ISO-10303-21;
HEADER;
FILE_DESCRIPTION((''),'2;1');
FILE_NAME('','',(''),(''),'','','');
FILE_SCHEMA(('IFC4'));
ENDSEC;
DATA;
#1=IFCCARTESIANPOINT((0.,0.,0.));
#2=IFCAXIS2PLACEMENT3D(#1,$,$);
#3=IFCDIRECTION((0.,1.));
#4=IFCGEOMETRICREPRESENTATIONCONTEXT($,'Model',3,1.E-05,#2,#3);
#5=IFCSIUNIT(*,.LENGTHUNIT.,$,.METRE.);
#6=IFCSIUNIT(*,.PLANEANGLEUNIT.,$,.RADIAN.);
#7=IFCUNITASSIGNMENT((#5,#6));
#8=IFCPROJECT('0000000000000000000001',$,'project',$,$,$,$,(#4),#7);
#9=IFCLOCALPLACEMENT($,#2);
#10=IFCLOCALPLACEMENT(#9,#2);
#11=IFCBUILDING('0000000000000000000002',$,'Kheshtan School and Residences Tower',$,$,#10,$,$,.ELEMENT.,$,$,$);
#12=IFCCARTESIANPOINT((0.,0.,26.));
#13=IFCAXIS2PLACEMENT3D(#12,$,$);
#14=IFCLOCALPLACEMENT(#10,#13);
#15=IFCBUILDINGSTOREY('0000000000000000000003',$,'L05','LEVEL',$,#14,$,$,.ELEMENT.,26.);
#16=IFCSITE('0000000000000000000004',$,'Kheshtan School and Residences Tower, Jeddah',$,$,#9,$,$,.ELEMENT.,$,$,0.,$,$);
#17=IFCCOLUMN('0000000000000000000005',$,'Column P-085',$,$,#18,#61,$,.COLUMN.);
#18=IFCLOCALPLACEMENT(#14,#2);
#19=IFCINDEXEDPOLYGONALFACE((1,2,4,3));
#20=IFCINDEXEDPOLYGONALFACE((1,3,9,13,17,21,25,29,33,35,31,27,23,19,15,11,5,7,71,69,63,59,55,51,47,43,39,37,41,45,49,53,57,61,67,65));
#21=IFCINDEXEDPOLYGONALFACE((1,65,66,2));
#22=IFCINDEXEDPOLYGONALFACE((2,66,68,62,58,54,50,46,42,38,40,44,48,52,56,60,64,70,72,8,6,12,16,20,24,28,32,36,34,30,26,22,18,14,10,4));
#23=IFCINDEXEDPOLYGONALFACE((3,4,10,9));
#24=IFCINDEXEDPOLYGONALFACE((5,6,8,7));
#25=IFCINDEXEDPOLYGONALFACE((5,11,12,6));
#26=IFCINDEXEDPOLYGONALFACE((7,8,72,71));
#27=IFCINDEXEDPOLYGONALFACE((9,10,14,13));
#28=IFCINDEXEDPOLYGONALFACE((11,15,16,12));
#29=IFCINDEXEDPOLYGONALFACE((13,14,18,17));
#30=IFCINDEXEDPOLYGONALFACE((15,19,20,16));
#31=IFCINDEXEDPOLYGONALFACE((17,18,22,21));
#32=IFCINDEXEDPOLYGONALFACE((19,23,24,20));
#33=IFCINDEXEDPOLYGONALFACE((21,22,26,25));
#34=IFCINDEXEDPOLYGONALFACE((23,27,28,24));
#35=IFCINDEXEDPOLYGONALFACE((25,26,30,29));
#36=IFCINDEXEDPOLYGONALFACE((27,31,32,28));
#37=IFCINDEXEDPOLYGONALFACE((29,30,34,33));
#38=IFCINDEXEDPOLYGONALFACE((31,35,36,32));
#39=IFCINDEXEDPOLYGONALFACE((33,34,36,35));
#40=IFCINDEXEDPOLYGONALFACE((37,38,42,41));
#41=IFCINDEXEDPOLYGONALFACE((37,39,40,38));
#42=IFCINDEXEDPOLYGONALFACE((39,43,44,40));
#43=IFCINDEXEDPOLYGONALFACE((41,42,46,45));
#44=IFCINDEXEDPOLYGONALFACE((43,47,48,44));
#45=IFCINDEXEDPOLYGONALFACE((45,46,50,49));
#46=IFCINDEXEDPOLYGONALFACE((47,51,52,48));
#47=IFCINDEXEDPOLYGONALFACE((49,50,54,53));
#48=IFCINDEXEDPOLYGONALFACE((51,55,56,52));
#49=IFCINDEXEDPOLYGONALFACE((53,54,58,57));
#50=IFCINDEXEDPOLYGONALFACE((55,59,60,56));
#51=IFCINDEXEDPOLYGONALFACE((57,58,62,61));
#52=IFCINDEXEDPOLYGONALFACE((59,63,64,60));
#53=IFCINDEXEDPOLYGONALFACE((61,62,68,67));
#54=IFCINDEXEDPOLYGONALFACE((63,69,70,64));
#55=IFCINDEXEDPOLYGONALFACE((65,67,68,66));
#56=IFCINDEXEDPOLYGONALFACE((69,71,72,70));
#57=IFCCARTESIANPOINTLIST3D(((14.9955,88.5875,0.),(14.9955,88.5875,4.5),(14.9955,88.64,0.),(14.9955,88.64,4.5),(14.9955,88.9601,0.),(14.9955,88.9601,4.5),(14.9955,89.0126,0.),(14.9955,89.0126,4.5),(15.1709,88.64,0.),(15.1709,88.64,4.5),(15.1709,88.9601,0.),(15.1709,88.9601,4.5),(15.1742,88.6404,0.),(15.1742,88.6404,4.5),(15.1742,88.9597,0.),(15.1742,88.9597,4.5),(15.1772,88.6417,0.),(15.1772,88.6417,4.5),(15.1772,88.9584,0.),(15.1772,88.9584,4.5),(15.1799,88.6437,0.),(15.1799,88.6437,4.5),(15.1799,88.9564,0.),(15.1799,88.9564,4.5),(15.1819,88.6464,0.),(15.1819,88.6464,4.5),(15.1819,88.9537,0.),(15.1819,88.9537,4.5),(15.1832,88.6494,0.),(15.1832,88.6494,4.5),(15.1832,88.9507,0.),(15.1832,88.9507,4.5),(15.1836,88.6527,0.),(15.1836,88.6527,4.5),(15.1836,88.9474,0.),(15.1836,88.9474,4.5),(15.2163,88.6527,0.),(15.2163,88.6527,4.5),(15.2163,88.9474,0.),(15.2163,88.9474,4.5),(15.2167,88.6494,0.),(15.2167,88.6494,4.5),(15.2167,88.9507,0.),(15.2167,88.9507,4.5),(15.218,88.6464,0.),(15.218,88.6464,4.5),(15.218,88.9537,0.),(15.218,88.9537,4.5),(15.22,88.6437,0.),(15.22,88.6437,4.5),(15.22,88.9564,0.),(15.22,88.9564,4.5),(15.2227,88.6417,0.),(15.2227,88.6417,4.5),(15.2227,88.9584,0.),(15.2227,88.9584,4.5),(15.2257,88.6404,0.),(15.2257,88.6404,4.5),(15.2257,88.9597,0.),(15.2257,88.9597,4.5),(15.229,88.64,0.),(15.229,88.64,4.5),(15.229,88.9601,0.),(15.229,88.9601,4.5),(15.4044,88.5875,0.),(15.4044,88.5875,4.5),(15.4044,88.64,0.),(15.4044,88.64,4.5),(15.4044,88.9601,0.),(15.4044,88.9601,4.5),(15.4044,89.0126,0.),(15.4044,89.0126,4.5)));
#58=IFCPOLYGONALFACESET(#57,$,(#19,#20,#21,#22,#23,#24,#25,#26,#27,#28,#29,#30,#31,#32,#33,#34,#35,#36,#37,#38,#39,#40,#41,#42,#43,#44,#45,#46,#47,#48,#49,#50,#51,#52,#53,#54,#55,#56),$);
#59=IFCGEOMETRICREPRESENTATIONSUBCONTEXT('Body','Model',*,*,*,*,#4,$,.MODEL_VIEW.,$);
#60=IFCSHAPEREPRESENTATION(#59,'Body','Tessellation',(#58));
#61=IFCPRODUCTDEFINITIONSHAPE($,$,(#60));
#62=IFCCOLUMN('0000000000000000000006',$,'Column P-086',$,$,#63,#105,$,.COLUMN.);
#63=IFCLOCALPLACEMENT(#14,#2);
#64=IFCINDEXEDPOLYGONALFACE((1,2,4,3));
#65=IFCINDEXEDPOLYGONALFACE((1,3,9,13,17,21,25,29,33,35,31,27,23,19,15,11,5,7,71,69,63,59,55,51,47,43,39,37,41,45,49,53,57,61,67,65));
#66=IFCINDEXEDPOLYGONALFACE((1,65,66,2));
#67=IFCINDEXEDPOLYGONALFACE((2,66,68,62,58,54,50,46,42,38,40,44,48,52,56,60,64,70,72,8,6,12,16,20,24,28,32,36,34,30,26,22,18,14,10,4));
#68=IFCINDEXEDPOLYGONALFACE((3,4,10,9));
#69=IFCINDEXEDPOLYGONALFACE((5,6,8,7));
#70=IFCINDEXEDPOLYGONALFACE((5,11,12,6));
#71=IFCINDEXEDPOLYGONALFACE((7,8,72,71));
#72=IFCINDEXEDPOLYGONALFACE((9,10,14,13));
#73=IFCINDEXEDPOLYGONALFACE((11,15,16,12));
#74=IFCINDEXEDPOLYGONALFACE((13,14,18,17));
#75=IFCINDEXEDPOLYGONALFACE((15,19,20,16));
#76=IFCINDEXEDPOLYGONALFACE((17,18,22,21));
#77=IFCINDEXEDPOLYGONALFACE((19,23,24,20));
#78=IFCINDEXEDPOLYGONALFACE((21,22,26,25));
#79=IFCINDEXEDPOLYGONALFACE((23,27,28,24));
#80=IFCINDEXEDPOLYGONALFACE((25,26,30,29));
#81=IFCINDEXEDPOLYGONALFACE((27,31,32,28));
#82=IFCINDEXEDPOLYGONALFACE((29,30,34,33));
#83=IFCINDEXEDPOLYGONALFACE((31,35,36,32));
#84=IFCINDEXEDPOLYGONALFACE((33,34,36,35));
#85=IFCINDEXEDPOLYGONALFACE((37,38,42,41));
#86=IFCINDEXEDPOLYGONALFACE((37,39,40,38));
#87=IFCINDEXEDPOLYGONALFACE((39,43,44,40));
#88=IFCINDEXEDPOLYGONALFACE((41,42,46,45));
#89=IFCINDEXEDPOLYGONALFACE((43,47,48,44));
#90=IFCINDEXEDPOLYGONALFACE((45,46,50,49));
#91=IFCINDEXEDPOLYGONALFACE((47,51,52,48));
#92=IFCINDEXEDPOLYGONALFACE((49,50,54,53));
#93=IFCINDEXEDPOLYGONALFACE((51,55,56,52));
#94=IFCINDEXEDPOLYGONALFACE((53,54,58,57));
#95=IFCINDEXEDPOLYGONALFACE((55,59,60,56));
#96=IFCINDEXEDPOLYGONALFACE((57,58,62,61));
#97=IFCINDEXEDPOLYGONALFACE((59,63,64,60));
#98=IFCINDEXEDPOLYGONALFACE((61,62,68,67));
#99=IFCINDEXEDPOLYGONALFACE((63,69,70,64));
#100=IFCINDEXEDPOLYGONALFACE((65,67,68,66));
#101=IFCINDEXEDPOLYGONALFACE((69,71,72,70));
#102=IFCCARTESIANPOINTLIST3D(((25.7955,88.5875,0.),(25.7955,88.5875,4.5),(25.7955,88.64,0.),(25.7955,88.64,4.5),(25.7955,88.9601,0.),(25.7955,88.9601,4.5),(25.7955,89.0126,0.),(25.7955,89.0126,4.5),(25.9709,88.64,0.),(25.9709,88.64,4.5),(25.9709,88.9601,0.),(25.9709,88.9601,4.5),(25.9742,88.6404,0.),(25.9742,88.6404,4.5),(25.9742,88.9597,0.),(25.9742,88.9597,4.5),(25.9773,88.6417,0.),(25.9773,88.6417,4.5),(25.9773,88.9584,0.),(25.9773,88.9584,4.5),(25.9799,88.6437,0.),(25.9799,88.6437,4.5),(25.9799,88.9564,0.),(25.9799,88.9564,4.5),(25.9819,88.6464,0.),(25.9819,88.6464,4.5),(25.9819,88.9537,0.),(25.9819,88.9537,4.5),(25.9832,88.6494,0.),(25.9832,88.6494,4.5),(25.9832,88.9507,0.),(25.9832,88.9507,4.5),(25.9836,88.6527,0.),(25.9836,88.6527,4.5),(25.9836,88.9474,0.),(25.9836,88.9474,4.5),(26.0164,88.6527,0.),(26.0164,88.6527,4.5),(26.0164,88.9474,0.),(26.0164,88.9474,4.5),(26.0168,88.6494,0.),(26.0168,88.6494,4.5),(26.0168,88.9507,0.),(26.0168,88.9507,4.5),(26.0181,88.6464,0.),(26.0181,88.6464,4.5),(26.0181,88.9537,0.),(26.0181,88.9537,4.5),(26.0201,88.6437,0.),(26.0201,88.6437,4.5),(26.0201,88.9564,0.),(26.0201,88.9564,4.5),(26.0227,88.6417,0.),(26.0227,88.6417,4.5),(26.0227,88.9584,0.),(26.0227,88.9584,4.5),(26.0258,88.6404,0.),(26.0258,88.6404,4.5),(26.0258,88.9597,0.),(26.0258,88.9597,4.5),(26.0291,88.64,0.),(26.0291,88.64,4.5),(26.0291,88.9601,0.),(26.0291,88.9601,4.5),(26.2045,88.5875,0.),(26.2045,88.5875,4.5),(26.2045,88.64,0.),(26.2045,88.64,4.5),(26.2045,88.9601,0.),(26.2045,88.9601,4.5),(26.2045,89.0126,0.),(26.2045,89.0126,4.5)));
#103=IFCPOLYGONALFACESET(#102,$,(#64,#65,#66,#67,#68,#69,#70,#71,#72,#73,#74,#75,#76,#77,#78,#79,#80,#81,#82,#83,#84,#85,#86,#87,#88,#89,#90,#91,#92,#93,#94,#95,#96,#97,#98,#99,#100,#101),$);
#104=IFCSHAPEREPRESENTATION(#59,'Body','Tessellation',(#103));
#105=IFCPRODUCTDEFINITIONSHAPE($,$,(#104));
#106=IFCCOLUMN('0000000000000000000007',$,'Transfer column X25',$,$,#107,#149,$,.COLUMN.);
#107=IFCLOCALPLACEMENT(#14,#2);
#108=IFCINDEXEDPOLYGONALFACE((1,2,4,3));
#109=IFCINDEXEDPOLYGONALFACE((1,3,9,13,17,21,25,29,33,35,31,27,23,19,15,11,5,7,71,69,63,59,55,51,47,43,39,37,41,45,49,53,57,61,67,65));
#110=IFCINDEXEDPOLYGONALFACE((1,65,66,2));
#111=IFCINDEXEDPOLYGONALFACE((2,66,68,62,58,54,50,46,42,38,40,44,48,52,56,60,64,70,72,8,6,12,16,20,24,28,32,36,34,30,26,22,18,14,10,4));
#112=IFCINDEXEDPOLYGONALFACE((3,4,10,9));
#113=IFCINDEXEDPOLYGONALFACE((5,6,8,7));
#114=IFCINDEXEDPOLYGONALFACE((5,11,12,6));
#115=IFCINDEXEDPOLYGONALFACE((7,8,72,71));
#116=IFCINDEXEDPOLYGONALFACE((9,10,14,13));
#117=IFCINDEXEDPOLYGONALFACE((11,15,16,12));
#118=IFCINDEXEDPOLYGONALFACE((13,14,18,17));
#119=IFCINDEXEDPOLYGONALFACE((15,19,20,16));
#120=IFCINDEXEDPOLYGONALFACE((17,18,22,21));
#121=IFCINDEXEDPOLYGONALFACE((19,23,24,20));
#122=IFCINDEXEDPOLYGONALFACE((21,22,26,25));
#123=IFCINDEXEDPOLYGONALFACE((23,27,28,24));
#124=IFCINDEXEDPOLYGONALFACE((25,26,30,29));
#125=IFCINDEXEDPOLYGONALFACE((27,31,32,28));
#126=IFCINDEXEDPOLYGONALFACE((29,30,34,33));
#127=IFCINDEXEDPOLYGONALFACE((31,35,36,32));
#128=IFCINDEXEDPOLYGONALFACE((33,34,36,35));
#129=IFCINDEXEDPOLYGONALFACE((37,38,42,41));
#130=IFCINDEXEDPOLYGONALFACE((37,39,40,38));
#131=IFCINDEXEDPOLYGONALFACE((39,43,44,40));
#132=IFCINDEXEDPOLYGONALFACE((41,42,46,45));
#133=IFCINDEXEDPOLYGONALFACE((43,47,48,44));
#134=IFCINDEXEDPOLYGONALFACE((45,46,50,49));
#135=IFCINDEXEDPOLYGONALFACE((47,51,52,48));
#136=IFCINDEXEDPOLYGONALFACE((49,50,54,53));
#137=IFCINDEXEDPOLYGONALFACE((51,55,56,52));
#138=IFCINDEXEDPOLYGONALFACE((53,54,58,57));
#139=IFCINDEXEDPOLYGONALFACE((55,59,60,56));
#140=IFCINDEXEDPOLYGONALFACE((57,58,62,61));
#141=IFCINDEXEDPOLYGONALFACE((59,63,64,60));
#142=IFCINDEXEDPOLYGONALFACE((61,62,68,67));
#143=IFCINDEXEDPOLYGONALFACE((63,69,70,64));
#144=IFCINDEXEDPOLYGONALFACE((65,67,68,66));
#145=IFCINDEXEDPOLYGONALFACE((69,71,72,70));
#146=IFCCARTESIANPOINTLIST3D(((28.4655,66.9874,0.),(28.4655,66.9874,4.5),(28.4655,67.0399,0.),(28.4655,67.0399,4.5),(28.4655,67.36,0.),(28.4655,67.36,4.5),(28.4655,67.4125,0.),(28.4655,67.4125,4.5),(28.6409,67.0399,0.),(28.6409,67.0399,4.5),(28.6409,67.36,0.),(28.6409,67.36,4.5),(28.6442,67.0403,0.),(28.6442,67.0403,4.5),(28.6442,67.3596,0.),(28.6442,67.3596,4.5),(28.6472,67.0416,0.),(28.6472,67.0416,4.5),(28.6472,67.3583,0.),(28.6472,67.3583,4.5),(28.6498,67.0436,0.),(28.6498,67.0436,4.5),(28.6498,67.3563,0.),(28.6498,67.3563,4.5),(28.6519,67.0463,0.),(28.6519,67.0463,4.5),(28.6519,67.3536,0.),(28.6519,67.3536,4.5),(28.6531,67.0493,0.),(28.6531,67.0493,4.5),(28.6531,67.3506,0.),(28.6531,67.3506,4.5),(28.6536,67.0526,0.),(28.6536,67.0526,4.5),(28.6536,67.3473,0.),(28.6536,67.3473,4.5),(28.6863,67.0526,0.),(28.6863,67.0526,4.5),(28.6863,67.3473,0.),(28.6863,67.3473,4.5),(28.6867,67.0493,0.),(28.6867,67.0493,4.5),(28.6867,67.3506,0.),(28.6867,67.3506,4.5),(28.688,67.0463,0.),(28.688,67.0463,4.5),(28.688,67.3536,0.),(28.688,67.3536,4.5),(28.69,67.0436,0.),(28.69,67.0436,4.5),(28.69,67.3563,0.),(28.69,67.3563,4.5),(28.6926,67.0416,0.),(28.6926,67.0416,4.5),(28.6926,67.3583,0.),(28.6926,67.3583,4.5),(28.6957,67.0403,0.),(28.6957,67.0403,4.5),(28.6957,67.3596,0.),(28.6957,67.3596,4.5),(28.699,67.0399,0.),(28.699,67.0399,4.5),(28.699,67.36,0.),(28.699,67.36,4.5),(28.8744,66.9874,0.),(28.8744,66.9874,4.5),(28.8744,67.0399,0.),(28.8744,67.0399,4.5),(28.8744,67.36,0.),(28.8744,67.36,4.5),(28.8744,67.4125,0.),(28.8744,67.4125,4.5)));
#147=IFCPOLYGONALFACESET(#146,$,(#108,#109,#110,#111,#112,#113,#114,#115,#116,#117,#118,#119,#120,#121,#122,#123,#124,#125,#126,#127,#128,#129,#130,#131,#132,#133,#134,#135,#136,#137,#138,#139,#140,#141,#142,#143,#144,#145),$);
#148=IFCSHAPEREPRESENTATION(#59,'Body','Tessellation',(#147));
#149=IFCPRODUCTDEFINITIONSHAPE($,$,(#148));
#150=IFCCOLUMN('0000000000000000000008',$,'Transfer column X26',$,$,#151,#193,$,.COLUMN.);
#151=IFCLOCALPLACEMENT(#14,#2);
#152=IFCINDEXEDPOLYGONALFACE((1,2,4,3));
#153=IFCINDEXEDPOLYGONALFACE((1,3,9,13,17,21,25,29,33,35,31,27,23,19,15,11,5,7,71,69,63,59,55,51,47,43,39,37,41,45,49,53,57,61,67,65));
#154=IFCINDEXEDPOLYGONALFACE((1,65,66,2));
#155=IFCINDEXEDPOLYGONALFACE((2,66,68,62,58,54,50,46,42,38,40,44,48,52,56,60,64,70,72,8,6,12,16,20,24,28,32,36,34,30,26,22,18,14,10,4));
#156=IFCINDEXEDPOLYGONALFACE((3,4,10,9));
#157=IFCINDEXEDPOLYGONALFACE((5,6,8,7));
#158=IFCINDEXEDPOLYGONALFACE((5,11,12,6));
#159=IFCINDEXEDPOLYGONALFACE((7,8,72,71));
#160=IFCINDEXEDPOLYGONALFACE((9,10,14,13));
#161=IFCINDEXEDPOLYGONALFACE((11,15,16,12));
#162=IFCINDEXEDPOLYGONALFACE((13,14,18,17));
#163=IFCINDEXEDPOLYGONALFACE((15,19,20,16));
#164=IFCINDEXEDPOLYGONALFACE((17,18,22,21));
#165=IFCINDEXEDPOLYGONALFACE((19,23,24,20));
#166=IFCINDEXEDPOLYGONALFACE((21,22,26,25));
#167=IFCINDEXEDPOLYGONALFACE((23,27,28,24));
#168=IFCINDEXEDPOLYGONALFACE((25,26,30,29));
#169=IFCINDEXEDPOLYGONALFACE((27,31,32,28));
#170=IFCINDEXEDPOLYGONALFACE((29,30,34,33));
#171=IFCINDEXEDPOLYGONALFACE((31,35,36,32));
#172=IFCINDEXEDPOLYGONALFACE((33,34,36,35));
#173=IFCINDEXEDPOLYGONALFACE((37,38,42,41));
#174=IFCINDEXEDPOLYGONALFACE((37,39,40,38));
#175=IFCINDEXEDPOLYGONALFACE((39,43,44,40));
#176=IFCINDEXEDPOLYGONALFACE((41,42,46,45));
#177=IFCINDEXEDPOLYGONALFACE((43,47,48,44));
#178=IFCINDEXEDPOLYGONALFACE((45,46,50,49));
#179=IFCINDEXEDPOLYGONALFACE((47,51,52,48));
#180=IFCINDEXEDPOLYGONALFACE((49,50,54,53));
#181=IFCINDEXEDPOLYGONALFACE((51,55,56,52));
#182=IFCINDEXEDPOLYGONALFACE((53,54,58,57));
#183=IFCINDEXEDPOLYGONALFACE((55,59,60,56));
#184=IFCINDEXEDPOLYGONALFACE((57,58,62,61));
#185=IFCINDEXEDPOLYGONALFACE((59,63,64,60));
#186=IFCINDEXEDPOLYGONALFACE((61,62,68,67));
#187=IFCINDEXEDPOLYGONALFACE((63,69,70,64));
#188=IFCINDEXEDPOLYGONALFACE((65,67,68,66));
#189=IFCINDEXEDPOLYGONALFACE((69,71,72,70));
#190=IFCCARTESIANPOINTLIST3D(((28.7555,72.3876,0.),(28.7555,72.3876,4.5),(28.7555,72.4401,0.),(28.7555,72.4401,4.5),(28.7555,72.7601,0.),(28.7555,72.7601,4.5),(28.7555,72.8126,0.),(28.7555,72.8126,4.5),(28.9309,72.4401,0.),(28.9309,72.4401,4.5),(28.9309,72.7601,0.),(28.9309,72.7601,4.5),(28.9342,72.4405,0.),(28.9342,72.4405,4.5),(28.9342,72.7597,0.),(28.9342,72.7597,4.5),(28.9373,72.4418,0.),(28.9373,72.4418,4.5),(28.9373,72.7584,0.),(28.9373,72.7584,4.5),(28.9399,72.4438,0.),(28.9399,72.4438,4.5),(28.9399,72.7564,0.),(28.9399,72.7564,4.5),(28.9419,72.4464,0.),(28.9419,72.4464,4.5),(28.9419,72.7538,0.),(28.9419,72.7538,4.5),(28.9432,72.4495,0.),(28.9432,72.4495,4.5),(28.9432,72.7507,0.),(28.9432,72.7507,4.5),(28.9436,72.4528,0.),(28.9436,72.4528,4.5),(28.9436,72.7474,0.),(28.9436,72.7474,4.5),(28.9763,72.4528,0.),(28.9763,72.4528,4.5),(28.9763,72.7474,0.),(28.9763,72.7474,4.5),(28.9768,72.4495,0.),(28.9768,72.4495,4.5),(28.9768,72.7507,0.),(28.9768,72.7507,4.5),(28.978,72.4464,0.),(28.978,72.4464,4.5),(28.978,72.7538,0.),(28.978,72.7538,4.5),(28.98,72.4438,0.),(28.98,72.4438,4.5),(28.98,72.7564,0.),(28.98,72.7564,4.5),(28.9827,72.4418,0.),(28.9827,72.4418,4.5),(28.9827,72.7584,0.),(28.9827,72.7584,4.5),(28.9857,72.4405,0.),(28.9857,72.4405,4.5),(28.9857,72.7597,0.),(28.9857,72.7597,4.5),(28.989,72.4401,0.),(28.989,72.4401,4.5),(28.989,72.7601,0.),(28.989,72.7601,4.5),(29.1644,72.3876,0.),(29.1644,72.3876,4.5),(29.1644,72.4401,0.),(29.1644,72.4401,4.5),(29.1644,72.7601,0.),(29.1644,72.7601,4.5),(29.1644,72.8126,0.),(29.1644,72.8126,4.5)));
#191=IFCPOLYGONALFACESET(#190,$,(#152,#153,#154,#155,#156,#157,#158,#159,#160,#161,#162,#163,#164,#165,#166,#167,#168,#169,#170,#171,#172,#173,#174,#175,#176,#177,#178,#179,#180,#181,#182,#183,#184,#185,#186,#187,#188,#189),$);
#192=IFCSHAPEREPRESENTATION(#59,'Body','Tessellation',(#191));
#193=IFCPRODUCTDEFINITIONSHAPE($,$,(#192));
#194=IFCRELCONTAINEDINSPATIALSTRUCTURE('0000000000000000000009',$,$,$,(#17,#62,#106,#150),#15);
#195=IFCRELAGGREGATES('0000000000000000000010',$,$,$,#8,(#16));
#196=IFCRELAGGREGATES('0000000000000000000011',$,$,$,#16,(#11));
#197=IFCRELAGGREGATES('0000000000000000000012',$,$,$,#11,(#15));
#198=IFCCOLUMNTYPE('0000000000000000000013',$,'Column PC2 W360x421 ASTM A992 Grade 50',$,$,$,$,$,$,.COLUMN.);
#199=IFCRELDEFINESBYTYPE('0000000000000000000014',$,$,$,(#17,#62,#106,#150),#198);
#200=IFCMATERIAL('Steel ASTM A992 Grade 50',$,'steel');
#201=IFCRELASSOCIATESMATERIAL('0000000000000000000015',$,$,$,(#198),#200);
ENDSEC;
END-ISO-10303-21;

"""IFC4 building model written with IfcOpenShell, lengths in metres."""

from ifc_helpers import new_model, si_unit, direction, frame, origin, origin_2d, place, context, subcontext, project, spatial, i_section, extrude, material, material_profile, profile_set, type_object, element, save


model = new_model("IFC4")

# Units and contexts
model_context = context("Model", 3, precision=1e-05, world=origin(), true_north=direction((0.0, 1.0)))
body_context = subcontext(model_context, "Body", "Model", "MODEL_VIEW")
ifc_project = project(units=[si_unit("LENGTHUNIT", "METRE"), si_unit("PLANEANGLEUNIT", "RADIAN")], contexts=[model_context])

# Site, building, storey
site_placement = place(None, origin())
site = spatial("IfcSite", under=ifc_project, at=site_placement, Name="Kheshtan School and Residences Tower, Jeddah", CompositionType="ELEMENT", RefElevation=0.0)
building_placement = place(site_placement, origin())
building = spatial("IfcBuilding", under=site, at=building_placement, Name="Kheshtan School and Residences Tower", CompositionType="ELEMENT")
storey_placement = place(building_placement, frame((0.0, 0.0, 26.0)))
storey = spatial("IfcBuildingStorey", under=building, at=storey_placement, Name="L05", Description="LEVEL", CompositionType="ELEMENT", Elevation=26.0)

# Columns
ifc_material_1 = material(Name="Steel ASTM A992 Grade 50", Category="steel")
ifc_material_profile_1 = material_profile(ifc_material_1, i_section(OverallWidth=0.4089, OverallDepth=0.425, WebThickness=0.0327, FlangeThickness=0.0525, FilletRadius=0.0127, at=origin_2d()), Name="W360x421")
ifc_profile_set_1 = profile_set([ifc_material_profile_1], Name="Steel ASTM A992 Grade 50")
column_type = type_object("IfcColumnType", Name="Column PC2 W360x421 ASTM A992 Grade 50", PredefinedType="COLUMN", material=ifc_profile_set_1)
for number, where, z_axis, x_axis, name in (
    (1, (15.2, 88.8, 0.0), (0.0, 0.0, 1.0), (1.0, 0.0, 0.0), "Column P-085"),
    (2, (26.0, 88.8, 0.0), (0.0, 0.0, 1.0), (1.0, 0.0, 0.0), "Column P-086"),
    (3, (28.6699, 67.2, 0.0), (0.0, 0.0, 1.0), (1.0, 0.0, 0.0), "Transfer column X25"),
    (4, (28.96, 72.6001, 0.0), (0.0, 0.0, 1.0), (1.0, 0.0, 0.0), "Transfer column X26"),
):
    element("IfcColumn", number, at=place(storey_placement, frame(where, z_axis=z_axis, x_axis=x_axis)), inside=storey, type_object=column_type, Name=name, PredefinedType="COLUMN", context=body_context, shape_type="SweptSolid", body=[
        extrude(i_section(OverallWidth=0.4089, OverallDepth=0.425, WebThickness=0.0327, FlangeThickness=0.0525, FilletRadius=0.0127, at=origin_2d()), origin(), (0.0, 0.0, 1.0), 4.5),
    ])

save(model, "model.ifc")
